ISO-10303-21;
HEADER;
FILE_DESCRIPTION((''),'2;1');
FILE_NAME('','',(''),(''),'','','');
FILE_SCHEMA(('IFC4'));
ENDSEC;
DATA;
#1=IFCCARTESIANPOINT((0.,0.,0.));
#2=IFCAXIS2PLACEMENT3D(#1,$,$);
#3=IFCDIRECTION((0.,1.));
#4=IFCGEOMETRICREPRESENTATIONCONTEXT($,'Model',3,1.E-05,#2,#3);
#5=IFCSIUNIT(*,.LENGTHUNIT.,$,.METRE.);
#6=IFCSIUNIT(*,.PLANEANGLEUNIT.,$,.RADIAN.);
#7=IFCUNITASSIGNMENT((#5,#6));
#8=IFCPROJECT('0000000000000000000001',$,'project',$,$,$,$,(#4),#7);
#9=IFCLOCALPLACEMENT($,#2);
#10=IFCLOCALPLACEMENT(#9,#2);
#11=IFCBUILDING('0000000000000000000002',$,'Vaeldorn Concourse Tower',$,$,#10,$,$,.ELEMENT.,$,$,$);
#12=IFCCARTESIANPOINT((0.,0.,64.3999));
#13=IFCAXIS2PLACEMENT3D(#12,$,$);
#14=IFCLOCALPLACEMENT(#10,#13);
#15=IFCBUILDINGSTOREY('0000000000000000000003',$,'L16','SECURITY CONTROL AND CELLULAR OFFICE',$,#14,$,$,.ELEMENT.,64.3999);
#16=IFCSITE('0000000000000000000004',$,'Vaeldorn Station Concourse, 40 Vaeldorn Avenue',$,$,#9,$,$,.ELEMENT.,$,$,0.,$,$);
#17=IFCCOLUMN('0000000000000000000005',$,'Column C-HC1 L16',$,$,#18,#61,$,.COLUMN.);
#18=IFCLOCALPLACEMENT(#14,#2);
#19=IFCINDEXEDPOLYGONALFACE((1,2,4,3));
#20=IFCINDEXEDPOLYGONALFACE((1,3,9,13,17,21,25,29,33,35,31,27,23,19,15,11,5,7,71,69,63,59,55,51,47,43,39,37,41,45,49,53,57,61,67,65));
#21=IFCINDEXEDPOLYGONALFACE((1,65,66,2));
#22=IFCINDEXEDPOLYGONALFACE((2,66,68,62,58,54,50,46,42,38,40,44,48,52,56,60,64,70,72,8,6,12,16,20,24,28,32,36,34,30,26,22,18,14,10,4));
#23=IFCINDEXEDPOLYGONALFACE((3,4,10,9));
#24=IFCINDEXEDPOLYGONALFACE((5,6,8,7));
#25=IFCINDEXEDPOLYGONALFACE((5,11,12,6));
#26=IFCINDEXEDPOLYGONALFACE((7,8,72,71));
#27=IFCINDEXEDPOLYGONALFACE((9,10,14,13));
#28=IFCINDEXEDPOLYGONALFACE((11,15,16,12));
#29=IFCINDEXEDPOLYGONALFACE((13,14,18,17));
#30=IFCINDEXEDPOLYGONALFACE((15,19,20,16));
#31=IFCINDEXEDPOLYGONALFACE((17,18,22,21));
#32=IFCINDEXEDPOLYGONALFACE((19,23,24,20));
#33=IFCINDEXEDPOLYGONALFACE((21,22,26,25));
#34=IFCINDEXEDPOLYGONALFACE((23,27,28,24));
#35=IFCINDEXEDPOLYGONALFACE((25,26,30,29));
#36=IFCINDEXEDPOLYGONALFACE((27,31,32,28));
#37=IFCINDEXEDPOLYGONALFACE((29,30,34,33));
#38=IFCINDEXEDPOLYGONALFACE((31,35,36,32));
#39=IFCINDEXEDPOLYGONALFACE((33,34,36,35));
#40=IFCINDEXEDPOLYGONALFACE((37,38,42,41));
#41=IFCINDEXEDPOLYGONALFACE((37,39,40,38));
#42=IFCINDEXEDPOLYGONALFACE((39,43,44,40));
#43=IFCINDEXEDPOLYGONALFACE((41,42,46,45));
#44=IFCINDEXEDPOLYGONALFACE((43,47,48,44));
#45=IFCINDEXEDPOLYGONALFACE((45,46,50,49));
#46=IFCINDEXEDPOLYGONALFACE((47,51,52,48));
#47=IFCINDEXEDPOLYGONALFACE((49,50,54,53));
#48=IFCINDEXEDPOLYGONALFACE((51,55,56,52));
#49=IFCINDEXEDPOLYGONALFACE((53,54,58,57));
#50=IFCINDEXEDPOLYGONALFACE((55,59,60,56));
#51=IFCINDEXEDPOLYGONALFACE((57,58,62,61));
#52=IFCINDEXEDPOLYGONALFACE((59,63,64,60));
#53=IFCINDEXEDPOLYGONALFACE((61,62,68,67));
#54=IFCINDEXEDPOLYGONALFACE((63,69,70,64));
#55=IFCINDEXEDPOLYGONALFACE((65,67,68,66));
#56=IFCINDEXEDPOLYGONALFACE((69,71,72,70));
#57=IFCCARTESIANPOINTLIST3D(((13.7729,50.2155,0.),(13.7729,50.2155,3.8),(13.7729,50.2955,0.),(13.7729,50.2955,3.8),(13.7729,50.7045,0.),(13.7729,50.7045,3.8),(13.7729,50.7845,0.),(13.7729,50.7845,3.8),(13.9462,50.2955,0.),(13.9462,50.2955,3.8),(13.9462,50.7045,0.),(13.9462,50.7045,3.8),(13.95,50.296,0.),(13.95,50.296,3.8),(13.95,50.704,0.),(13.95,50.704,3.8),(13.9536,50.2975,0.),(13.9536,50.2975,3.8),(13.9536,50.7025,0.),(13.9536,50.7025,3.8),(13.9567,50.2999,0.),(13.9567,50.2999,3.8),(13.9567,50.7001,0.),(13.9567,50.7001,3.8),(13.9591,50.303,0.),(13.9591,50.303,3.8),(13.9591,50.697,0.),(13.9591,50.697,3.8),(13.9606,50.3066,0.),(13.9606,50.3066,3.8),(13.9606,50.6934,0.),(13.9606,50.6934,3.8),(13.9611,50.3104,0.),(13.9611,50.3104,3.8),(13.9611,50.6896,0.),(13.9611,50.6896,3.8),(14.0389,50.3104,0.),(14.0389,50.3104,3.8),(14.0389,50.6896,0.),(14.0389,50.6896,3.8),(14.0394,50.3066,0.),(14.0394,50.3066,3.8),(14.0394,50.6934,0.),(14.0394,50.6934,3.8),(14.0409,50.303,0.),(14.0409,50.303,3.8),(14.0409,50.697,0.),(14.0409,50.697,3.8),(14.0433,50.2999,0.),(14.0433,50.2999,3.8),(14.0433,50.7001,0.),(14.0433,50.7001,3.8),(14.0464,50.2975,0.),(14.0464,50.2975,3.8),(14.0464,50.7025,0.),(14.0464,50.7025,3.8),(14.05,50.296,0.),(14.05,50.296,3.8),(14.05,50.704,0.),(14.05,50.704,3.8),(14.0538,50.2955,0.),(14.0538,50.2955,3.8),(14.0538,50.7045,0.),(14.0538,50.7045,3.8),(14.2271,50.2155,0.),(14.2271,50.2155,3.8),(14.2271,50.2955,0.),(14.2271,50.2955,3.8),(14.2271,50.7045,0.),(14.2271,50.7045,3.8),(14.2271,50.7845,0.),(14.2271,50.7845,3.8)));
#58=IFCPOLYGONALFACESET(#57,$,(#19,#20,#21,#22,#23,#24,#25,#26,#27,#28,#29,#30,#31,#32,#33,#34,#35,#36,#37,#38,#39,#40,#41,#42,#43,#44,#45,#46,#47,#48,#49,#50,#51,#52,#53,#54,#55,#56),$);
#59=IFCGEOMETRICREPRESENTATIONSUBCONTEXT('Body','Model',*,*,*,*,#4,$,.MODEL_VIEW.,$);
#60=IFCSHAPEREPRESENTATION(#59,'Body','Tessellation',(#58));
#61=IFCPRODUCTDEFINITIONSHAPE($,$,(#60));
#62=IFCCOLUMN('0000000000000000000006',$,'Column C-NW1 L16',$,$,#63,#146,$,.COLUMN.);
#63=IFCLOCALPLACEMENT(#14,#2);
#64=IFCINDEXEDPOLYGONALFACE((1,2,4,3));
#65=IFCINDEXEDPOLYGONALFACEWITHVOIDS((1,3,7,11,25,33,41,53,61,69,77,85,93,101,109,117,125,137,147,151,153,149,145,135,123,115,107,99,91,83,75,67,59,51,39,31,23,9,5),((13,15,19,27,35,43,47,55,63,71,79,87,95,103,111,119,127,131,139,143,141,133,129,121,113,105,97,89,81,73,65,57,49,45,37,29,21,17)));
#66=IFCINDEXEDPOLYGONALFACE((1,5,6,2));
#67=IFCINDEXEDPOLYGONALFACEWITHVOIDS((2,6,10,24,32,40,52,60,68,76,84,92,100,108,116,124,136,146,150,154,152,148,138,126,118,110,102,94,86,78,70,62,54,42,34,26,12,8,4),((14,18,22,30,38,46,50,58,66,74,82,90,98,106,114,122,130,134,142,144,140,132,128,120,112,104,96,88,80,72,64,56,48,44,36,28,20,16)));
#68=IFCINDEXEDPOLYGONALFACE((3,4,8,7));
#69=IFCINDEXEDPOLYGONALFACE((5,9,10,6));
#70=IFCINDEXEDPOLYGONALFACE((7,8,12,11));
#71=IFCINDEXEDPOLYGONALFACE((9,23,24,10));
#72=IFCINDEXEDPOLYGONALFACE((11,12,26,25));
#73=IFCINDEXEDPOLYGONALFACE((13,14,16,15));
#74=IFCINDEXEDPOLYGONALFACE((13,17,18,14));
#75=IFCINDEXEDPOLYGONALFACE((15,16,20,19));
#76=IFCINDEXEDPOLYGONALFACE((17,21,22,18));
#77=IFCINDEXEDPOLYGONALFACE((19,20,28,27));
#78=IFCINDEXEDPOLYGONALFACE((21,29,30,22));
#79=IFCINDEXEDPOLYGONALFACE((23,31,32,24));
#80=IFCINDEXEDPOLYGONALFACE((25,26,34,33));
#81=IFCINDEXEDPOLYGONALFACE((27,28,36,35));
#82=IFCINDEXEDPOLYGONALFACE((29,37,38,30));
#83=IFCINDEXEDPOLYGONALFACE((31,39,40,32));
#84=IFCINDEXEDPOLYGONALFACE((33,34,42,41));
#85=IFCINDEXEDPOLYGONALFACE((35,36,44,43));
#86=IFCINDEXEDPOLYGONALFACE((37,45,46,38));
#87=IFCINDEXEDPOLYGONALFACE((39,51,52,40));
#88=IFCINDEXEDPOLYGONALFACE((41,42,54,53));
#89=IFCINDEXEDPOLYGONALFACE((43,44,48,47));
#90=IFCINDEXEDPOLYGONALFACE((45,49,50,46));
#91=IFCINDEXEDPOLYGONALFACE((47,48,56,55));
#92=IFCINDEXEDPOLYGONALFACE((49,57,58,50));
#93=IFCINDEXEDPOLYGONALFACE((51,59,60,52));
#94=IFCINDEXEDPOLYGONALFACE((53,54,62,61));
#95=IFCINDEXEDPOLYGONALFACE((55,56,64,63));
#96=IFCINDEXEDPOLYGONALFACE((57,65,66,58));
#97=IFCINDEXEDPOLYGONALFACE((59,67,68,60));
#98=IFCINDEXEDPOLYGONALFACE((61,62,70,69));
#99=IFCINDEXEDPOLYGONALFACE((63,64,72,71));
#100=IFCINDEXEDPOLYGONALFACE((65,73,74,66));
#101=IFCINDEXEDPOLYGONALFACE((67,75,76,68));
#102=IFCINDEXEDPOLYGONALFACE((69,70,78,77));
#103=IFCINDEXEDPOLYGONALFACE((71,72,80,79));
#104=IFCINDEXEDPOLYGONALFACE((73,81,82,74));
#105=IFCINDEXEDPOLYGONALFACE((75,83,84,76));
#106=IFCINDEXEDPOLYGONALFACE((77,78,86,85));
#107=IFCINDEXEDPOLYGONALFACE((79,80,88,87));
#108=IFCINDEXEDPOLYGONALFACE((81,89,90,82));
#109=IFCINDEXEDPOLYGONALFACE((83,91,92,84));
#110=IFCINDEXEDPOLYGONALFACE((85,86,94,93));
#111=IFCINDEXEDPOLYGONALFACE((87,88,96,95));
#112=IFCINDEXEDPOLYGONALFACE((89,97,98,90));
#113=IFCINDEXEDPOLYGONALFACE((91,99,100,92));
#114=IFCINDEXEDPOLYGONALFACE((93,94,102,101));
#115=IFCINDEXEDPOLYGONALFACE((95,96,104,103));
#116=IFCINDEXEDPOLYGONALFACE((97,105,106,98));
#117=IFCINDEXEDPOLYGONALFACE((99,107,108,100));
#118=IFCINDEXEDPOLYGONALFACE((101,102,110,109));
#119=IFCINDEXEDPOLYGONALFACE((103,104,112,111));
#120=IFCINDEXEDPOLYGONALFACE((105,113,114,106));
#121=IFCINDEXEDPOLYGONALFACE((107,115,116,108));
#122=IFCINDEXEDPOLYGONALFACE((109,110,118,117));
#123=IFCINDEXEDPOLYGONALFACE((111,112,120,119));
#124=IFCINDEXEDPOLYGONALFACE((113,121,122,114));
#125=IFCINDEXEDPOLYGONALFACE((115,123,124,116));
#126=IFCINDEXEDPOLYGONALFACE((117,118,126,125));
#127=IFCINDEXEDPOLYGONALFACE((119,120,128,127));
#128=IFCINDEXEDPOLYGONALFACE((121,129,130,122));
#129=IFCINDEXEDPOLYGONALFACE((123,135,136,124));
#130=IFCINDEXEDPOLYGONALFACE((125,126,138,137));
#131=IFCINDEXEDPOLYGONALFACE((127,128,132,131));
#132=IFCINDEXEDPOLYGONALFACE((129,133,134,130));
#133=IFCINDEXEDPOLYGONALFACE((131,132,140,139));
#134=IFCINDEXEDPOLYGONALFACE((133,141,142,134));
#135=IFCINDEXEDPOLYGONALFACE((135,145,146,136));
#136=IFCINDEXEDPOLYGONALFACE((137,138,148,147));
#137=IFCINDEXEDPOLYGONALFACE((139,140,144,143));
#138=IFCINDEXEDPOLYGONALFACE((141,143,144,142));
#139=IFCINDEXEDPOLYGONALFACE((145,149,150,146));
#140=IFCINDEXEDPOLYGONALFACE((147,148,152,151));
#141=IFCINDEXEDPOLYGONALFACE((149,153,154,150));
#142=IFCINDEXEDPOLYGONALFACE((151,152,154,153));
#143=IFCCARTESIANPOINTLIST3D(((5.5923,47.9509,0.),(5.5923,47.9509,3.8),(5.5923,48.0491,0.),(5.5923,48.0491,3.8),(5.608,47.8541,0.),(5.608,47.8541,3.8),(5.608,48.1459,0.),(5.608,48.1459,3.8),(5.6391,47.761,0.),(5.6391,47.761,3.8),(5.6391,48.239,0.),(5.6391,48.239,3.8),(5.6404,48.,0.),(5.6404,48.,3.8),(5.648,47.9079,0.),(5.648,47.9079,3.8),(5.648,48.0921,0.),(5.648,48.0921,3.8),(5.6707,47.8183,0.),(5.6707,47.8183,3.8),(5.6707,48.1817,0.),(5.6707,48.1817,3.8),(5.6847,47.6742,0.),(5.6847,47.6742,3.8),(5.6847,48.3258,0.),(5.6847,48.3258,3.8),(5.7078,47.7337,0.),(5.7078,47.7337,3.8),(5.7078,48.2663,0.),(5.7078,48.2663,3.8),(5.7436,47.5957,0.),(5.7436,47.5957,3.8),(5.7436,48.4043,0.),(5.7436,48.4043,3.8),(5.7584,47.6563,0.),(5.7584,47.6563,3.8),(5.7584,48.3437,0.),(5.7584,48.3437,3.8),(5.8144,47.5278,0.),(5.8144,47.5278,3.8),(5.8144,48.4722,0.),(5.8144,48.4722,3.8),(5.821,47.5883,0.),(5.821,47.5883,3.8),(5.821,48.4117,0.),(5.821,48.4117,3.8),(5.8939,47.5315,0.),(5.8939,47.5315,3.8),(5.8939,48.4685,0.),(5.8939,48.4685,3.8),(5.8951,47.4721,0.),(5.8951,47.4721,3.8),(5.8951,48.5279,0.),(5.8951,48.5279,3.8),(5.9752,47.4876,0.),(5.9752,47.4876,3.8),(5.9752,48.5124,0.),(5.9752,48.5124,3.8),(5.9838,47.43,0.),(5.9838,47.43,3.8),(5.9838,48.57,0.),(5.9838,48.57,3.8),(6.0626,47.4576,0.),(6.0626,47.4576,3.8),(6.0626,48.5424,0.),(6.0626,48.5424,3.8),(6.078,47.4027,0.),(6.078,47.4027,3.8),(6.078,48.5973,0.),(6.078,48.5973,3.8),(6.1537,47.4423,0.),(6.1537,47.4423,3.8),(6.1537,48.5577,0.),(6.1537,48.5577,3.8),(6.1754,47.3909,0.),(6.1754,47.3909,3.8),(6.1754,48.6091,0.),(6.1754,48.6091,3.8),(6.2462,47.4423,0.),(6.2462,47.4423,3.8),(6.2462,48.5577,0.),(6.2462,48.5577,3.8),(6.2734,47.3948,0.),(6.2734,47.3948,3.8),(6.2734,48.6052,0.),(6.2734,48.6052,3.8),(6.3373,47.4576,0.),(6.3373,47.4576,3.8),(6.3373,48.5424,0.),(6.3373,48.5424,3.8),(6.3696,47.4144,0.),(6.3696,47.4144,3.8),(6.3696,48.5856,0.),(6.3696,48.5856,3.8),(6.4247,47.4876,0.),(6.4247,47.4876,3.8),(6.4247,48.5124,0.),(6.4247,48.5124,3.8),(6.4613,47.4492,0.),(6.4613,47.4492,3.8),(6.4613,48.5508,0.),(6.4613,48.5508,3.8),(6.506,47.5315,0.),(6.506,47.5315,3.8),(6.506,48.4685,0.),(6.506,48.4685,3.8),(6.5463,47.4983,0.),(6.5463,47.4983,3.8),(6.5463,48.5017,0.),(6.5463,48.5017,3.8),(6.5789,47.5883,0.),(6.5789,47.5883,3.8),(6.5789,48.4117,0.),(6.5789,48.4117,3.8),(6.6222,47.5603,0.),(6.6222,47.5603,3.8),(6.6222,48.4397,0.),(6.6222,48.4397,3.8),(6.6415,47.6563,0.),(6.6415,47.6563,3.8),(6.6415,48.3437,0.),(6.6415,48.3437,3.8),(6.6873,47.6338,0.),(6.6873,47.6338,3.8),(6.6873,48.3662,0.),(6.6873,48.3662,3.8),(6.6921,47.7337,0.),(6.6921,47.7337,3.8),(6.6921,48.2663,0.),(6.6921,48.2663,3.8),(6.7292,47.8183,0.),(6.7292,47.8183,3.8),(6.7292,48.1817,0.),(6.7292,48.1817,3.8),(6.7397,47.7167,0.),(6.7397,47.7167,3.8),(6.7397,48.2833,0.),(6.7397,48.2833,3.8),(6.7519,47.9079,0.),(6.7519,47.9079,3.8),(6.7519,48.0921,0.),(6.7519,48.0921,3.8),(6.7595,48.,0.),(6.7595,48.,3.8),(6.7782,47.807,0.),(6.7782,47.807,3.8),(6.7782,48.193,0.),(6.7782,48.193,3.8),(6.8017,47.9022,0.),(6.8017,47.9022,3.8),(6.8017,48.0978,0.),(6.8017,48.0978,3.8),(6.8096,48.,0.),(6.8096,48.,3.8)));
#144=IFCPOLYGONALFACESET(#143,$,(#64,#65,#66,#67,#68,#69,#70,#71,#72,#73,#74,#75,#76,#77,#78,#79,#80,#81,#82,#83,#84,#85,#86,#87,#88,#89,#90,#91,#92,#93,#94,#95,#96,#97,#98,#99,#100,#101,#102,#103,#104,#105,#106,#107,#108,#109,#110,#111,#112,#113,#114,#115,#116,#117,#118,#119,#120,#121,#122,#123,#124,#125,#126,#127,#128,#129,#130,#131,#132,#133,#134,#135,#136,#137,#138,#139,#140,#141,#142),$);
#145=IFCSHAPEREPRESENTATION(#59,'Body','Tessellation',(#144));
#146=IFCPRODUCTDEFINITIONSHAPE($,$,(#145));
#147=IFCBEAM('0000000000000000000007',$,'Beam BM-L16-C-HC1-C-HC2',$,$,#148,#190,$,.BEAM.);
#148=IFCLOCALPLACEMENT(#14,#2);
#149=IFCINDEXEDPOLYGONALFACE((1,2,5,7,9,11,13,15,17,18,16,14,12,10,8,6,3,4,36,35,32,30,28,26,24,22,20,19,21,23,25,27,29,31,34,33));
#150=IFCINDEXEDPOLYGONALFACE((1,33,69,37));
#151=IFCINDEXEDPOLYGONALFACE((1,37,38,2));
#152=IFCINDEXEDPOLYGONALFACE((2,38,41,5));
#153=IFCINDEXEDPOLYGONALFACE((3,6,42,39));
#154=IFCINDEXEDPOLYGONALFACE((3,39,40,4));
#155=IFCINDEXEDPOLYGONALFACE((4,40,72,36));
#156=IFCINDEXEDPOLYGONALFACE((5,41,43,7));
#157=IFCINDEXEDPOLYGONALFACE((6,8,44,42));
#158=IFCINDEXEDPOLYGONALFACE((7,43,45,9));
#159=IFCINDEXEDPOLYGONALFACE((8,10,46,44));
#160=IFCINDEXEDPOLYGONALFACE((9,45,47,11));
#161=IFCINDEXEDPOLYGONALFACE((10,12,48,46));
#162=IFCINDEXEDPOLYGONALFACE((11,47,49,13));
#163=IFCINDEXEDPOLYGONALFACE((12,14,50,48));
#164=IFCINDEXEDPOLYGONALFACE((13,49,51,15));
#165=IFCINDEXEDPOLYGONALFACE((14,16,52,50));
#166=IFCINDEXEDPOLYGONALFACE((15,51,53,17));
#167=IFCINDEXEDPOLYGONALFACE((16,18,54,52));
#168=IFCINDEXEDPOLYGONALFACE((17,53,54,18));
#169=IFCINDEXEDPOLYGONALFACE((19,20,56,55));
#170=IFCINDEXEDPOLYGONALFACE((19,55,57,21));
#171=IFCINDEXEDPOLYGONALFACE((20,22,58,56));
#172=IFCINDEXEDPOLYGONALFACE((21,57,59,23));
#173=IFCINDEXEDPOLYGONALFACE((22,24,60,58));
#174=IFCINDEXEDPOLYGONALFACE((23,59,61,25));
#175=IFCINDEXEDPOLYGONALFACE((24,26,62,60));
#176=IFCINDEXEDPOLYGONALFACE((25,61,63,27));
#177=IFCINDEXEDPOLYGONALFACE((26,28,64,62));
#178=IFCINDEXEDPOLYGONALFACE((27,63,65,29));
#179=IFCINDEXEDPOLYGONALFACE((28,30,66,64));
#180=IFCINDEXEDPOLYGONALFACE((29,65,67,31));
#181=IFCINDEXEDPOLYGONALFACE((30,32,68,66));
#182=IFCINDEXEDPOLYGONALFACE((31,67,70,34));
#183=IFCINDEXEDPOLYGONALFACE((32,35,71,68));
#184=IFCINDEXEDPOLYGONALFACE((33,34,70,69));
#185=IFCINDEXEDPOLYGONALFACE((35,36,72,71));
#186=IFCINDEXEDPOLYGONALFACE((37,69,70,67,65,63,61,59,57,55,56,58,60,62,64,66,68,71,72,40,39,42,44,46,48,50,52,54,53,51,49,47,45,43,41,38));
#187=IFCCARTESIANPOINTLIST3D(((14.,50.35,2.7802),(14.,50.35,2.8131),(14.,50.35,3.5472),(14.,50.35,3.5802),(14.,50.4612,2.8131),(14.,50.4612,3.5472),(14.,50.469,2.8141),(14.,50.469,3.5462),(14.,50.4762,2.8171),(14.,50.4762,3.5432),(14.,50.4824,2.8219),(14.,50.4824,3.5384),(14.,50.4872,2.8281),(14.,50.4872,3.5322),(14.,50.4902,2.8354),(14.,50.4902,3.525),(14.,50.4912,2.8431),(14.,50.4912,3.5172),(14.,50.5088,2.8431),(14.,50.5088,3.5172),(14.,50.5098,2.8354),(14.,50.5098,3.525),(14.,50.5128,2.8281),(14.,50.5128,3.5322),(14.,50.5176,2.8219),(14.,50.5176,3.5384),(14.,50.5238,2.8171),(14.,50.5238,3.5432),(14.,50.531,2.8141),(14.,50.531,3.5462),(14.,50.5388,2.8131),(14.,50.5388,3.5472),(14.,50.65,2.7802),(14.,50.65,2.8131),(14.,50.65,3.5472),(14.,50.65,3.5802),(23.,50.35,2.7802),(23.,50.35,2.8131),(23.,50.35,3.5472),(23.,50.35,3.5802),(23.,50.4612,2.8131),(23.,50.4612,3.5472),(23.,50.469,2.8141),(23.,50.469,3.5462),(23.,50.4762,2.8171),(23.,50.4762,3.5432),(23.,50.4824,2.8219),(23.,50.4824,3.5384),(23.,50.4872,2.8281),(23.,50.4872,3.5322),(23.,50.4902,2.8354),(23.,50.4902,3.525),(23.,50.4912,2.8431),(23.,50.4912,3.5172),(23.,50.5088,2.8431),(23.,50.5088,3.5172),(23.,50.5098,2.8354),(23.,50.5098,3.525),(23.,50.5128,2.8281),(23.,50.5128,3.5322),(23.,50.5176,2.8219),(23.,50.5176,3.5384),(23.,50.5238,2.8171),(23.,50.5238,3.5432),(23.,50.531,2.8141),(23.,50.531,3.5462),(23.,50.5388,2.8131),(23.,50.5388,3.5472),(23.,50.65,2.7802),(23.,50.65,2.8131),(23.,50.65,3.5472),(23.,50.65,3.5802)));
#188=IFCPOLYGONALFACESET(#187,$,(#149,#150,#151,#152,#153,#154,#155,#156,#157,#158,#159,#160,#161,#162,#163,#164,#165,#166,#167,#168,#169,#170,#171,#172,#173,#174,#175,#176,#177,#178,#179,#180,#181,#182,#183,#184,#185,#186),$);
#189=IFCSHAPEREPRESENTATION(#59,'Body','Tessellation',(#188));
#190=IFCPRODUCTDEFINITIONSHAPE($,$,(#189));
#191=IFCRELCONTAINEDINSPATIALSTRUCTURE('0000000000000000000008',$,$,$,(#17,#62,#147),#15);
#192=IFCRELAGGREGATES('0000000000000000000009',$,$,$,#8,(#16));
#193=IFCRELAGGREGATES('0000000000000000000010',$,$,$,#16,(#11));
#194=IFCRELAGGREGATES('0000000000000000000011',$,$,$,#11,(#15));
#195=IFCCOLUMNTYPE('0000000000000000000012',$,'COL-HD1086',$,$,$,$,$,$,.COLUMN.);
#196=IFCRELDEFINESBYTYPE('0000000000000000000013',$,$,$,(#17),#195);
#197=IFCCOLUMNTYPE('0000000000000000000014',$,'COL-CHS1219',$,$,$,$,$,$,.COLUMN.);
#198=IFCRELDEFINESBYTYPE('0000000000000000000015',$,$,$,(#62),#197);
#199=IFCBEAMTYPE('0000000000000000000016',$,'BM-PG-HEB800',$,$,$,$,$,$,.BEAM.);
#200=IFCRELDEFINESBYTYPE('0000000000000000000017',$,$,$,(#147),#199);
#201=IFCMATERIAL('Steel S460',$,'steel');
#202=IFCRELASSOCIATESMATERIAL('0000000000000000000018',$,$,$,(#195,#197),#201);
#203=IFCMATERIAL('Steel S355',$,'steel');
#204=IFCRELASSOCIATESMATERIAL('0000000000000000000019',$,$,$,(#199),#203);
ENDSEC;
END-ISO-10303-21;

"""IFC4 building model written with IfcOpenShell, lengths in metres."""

from ifc_helpers import new_model, si_unit, direction, frame, origin, origin_2d, place, context, subcontext, project, spatial, hollow_circle, i_section, extrude, source, transform, mapped, material, material_profile, profile_set, type_object, element, save


model = new_model("IFC4")

# Units and contexts
model_context = context("Model", 3, precision=1e-05, world=origin(), true_north=direction((0.0, 1.0)))
body_context = subcontext(model_context, "Body", "Model", "MODEL_VIEW")
ifc_project = project(units=[si_unit("LENGTHUNIT", "METRE"), si_unit("PLANEANGLEUNIT", "RADIAN")], contexts=[model_context])

# Site, building, storey
site_placement = place(None, origin())
site = spatial("IfcSite", under=ifc_project, at=site_placement, Name="Vaeldorn Station Concourse, 40 Vaeldorn Avenue", CompositionType="ELEMENT", RefElevation=0.0)
building_placement = place(site_placement, origin())
building = spatial("IfcBuilding", under=site, at=building_placement, Name="Vaeldorn Concourse Tower", CompositionType="ELEMENT")
storey_placement = place(building_placement, frame((0.0, 0.0, 64.3999)))
storey = spatial("IfcBuildingStorey", under=building, at=storey_placement, Name="L16", Description="SECURITY CONTROL AND CELLULAR OFFICE", CompositionType="ELEMENT", Elevation=64.3999)

# Columns
ifc_material_1 = material(Name="Steel S460", Category="steel")
ifc_material_profile_1 = material_profile(ifc_material_1, i_section(OverallWidth=0.4541, OverallDepth=0.5691, WebThickness=0.0779, FlangeThickness=0.0801, FilletRadius=0.0149, at=origin_2d()), Name="HD 400x1086")
ifc_profile_set_1 = profile_set([ifc_material_profile_1], Name="Steel S460")
column_type_1 = type_object("IfcColumnType", Name="COL-HD1086", PredefinedType="COLUMN", material=ifc_profile_set_1)
shared_shape_1 = source(origin(), body_context, "Body", "SweptSolid", [
    extrude(i_section(OverallWidth=0.4541, OverallDepth=0.5691, WebThickness=0.0779, FlangeThickness=0.0801, FilletRadius=0.0149, at=origin_2d()), origin(), (0.0, 0.0, 1.0), 3.8),
])
column_1_placement = place(storey_placement, frame((14.0, 50.5, 0.0), z_axis=(0.0, 0.0, 1.0), x_axis=(1.0, 0.0, 0.0)))
element("IfcColumn", 1, at=column_1_placement, inside=storey, type_object=column_type_1, Name="Column C-HC1 L16", PredefinedType="COLUMN", context=body_context, shape_type="MappedRepresentation", body=[
    mapped(shared_shape_1, transform((0.0, 0.0, 0.0), scale=1.0)),
])
ifc_material_profile_2 = material_profile(ifc_material_1, hollow_circle(Radius=0.6096, WallThickness=0.05, at=origin_2d()), Name="CHS 1219x50")
ifc_profile_set_2 = profile_set([ifc_material_profile_2], Name="Steel S460")
column_type_2 = type_object("IfcColumnType", Name="COL-CHS1219", PredefinedType="COLUMN", material=ifc_profile_set_2)
shared_shape_2 = source(origin(), body_context, "Body", "SweptSolid", [
    extrude(hollow_circle(Radius=0.6096, WallThickness=0.05, at=origin_2d()), origin(), (0.0, 0.0, 1.0), 3.8),
])
column_2_placement = place(storey_placement, frame((6.2, 48.0, 0.0), z_axis=(0.0, 0.0, 1.0), x_axis=(1.0, 0.0, 0.0)))
element("IfcColumn", 2, at=column_2_placement, inside=storey, type_object=column_type_2, Name="Column C-NW1 L16", PredefinedType="COLUMN", context=body_context, shape_type="MappedRepresentation", body=[
    mapped(shared_shape_2, transform((0.0, 0.0, 0.0), scale=1.0)),
])

# Beam
ifc_material_2 = material(Name="Steel S355", Category="steel")
ifc_material_profile_3 = material_profile(ifc_material_2, i_section(OverallWidth=0.3, OverallDepth=0.8, WebThickness=0.0176, FlangeThickness=0.033, FilletRadius=0.03, at=origin_2d()), Name="HEB 800")
ifc_profile_set_3 = profile_set([ifc_material_profile_3], Name="Steel S355")
beam_type_1 = type_object("IfcBeamType", Name="BM-PG-HEB800", PredefinedType="BEAM", material=ifc_profile_set_3)
shared_shape_3 = source(origin(), body_context, "Body", "SweptSolid", [
    extrude(i_section(OverallWidth=0.3, OverallDepth=0.8, WebThickness=0.0176, FlangeThickness=0.033, FilletRadius=0.03, at=origin_2d()), origin(), (0.0, 0.0, 1.0), 9.0),
])
beam_1_placement = place(storey_placement, frame((14.0, 50.5, 3.1802), z_axis=(1.0, 0.0, 0.0), x_axis=(0.0, 1.0, 0.0)))
element("IfcBeam", 3, at=beam_1_placement, inside=storey, type_object=beam_type_1, Name="Beam BM-L16-C-HC1-C-HC2", PredefinedType="BEAM", context=body_context, shape_type="MappedRepresentation", body=[
    mapped(shared_shape_3, transform((0.0, 0.0, 0.0), scale=1.0)),
])

save(model, "model.ifc")
